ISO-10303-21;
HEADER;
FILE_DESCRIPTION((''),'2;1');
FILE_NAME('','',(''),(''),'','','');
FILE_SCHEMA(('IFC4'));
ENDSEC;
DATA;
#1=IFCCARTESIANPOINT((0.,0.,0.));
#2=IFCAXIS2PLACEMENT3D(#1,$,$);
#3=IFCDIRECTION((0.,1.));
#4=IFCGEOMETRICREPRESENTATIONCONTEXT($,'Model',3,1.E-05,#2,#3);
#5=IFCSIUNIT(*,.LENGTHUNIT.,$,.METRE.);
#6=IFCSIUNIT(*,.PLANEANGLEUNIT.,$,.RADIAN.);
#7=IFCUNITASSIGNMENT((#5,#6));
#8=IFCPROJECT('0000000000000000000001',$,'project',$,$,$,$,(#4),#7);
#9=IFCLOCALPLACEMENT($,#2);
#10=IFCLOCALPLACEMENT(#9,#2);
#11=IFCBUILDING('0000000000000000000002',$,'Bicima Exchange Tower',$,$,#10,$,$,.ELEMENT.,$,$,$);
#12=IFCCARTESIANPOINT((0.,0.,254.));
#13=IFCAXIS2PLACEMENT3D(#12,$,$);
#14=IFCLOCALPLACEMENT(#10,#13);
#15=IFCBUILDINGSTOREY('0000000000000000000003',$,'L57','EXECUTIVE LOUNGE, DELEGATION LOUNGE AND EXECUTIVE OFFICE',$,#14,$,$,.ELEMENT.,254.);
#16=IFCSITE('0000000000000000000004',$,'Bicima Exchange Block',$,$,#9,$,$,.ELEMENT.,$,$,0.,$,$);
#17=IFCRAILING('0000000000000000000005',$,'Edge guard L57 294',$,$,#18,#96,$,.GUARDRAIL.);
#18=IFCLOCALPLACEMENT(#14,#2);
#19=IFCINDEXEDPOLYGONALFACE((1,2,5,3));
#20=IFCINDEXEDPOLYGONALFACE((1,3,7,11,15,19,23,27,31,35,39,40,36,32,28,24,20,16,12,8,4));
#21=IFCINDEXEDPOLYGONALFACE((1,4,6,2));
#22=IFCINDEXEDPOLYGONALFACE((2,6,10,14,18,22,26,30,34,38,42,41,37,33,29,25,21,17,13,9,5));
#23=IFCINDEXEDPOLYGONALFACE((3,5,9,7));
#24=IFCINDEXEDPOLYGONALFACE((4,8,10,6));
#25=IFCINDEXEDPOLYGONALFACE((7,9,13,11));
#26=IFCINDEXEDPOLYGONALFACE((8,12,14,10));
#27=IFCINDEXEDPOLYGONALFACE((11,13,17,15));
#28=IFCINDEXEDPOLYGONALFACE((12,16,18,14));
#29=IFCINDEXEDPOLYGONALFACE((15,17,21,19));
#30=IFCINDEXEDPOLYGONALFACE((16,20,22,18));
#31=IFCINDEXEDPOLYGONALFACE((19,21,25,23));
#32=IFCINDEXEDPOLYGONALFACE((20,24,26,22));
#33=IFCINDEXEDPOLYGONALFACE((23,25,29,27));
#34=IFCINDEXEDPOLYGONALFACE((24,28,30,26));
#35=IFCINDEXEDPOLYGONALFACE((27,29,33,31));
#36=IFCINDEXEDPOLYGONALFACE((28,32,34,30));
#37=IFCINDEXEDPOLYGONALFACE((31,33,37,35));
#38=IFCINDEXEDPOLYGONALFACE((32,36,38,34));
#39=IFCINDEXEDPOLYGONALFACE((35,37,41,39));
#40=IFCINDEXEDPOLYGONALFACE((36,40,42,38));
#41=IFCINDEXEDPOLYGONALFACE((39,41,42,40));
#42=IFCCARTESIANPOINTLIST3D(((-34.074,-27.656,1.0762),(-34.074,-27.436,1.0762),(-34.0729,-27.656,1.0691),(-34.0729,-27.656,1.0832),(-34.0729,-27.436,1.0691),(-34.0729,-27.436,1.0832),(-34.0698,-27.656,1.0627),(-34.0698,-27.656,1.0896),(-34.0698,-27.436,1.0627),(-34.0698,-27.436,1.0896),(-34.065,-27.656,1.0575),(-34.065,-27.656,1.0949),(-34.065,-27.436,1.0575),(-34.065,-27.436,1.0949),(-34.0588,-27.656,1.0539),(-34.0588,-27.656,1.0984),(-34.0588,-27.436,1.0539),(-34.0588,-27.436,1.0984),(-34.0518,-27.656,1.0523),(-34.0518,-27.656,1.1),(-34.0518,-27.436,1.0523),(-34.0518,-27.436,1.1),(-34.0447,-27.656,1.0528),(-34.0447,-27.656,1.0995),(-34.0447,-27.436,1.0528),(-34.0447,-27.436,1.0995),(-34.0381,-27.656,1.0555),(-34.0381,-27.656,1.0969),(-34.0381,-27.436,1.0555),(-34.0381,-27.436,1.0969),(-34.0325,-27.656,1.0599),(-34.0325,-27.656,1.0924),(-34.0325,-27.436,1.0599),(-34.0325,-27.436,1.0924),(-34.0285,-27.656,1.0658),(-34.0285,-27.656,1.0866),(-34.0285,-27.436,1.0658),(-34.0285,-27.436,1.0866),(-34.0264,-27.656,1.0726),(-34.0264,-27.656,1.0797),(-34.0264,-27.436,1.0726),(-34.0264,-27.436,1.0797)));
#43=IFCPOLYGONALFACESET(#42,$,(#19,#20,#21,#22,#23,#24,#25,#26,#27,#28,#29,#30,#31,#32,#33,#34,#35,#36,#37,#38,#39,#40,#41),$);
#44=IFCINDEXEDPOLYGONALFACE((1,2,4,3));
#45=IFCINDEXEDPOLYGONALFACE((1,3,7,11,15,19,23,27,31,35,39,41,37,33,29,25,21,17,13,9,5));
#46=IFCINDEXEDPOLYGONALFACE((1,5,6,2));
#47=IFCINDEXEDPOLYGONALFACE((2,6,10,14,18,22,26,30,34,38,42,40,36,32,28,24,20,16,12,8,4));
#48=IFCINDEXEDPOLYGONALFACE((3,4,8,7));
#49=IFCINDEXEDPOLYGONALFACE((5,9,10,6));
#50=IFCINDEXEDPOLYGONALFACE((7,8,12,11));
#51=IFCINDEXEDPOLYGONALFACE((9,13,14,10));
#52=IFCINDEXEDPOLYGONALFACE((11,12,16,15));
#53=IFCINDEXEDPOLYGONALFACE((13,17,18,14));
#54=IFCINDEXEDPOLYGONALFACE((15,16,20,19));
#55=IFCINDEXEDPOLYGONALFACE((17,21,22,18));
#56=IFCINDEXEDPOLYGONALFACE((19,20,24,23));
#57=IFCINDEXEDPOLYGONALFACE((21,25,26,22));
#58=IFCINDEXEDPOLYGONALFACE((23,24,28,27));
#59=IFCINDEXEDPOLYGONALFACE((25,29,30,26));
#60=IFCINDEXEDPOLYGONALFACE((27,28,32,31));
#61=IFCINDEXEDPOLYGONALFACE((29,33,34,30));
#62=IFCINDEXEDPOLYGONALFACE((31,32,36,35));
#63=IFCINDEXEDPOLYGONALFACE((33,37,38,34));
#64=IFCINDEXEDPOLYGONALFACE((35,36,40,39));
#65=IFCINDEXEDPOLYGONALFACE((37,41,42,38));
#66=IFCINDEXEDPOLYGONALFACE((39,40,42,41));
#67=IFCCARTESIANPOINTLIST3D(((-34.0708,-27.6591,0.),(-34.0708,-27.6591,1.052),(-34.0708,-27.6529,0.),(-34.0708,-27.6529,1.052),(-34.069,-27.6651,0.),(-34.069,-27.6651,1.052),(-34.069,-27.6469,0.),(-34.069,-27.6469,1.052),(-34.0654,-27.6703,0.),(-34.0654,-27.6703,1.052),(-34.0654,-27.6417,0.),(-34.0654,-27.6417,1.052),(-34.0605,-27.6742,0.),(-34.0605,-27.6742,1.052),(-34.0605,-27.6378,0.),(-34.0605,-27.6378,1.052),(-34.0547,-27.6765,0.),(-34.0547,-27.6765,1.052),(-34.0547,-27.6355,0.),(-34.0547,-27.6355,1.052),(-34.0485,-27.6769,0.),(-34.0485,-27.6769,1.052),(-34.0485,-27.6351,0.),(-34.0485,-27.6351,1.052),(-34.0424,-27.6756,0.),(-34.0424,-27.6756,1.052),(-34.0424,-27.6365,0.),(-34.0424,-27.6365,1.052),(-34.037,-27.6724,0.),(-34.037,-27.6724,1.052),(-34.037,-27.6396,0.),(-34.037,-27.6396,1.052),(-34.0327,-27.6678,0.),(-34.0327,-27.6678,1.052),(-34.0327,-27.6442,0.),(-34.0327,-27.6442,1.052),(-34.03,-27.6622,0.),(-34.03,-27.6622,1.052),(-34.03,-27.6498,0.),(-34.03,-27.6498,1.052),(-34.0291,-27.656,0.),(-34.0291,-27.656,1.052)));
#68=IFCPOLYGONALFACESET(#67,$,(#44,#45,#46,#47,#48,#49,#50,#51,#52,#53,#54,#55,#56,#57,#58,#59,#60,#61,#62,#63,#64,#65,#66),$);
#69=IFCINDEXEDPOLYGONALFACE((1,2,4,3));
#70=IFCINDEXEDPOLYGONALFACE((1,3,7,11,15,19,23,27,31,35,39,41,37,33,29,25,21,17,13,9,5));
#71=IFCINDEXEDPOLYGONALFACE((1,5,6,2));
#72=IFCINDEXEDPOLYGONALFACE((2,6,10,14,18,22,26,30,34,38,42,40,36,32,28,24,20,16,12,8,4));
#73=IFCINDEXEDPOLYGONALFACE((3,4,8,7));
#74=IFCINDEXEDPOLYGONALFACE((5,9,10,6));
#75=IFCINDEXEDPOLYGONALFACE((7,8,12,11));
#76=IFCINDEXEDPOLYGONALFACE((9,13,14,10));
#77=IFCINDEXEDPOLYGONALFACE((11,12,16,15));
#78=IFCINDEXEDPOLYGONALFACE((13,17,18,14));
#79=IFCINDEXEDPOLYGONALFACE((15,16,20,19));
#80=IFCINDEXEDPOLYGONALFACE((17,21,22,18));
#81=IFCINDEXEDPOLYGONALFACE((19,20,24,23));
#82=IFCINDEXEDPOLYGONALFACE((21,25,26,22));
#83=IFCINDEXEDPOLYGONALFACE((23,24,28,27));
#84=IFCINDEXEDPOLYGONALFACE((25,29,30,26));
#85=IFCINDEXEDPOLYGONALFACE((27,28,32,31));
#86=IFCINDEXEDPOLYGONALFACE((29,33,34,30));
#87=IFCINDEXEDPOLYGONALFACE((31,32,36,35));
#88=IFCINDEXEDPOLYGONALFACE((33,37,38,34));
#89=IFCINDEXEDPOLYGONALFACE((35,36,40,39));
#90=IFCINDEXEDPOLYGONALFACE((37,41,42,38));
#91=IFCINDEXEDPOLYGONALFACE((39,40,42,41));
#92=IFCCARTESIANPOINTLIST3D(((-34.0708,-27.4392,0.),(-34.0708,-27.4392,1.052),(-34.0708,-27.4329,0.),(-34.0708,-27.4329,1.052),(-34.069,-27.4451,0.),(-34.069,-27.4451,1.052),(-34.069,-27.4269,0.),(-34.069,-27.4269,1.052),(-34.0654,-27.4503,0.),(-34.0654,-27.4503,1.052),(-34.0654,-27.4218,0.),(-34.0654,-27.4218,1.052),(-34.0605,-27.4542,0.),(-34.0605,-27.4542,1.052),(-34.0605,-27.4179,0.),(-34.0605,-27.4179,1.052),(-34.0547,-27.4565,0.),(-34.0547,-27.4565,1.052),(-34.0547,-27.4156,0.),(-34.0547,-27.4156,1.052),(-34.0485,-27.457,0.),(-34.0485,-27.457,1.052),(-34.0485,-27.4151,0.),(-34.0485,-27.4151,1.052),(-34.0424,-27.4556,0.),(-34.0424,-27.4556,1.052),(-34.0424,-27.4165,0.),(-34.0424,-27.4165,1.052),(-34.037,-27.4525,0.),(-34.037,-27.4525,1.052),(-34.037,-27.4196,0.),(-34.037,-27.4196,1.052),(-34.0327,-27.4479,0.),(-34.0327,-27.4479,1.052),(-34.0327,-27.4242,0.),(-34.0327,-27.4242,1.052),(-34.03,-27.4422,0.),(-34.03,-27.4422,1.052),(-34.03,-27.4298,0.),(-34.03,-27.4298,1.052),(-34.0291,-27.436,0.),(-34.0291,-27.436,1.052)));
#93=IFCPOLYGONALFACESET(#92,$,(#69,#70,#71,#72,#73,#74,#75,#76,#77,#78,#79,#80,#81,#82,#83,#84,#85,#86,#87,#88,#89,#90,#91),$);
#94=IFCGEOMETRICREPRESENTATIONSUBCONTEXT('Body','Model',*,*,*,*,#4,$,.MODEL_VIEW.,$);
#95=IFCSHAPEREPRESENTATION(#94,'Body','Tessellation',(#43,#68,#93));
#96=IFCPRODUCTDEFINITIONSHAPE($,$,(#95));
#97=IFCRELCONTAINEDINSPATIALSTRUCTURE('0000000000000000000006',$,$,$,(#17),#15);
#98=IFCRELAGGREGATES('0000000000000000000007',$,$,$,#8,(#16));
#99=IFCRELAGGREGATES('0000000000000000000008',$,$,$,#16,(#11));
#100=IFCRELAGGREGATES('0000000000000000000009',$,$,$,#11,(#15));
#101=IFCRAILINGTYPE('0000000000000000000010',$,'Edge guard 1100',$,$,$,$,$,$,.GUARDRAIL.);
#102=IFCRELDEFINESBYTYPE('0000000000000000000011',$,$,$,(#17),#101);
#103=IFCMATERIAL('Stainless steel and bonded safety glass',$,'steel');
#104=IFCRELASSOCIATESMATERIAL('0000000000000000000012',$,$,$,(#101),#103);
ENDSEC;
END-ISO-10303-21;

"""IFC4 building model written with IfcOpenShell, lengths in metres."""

from ifc_helpers import new_model, si_unit, direction, frame, origin, origin_2d, place, context, subcontext, project, spatial, circle, extrude, material, type_object, element, save


model = new_model("IFC4")

# Units and contexts
model_context = context("Model", 3, precision=1e-05, world=origin(), true_north=direction((0.0, 1.0)))
body_context = subcontext(model_context, "Body", "Model", "MODEL_VIEW")
ifc_project = project(units=[si_unit("LENGTHUNIT", "METRE"), si_unit("PLANEANGLEUNIT", "RADIAN")], contexts=[model_context])

# Site, building, storey
site_placement = place(None, origin())
site = spatial("IfcSite", under=ifc_project, at=site_placement, Name="Bicima Exchange Block", CompositionType="ELEMENT", RefElevation=0.0)
building_placement = place(site_placement, origin())
building = spatial("IfcBuilding", under=site, at=building_placement, Name="Bicima Exchange Tower", CompositionType="ELEMENT")
storey_placement = place(building_placement, frame((0.0, 0.0, 254.0)))
storey = spatial("IfcBuildingStorey", under=building, at=storey_placement, Name="L57", Description="EXECUTIVE LOUNGE, DELEGATION LOUNGE AND EXECUTIVE OFFICE", CompositionType="ELEMENT", Elevation=254.0)

# Railing
ifc_material_1 = material(Name="Stainless steel and bonded safety glass", Category="steel")
railing_type = type_object("IfcRailingType", Name="Edge guard 1100", PredefinedType="GUARDRAIL", material=ifc_material_1)
railing_1_placement = place(storey_placement, frame((-34.05, -27.656, 0.0)))
element("IfcRailing", 1, at=railing_1_placement, inside=storey, type_object=railing_type, Name="Edge guard L57 294", PredefinedType="GUARDRAIL", context=body_context, shape_type="SweptSolid", body=[
    extrude(circle(Radius=0.0239, at=origin_2d()), frame((0.0, 0.0, 1.0762), z_axis=(0.0, 1.0, 0.0), x_axis=(-1.0, 0.0, 0.0)), (0.0, 0.0, 1.0), 0.22),
    extrude(circle(Radius=0.021, at=origin_2d()), origin(), (0.0, 0.0, 1.0), 1.052),
    extrude(circle(Radius=0.021, at=origin_2d()), frame((0.0, 0.22, 0.0)), (0.0, 0.0, 1.0), 1.052),
])

save(model, "model.ifc")
